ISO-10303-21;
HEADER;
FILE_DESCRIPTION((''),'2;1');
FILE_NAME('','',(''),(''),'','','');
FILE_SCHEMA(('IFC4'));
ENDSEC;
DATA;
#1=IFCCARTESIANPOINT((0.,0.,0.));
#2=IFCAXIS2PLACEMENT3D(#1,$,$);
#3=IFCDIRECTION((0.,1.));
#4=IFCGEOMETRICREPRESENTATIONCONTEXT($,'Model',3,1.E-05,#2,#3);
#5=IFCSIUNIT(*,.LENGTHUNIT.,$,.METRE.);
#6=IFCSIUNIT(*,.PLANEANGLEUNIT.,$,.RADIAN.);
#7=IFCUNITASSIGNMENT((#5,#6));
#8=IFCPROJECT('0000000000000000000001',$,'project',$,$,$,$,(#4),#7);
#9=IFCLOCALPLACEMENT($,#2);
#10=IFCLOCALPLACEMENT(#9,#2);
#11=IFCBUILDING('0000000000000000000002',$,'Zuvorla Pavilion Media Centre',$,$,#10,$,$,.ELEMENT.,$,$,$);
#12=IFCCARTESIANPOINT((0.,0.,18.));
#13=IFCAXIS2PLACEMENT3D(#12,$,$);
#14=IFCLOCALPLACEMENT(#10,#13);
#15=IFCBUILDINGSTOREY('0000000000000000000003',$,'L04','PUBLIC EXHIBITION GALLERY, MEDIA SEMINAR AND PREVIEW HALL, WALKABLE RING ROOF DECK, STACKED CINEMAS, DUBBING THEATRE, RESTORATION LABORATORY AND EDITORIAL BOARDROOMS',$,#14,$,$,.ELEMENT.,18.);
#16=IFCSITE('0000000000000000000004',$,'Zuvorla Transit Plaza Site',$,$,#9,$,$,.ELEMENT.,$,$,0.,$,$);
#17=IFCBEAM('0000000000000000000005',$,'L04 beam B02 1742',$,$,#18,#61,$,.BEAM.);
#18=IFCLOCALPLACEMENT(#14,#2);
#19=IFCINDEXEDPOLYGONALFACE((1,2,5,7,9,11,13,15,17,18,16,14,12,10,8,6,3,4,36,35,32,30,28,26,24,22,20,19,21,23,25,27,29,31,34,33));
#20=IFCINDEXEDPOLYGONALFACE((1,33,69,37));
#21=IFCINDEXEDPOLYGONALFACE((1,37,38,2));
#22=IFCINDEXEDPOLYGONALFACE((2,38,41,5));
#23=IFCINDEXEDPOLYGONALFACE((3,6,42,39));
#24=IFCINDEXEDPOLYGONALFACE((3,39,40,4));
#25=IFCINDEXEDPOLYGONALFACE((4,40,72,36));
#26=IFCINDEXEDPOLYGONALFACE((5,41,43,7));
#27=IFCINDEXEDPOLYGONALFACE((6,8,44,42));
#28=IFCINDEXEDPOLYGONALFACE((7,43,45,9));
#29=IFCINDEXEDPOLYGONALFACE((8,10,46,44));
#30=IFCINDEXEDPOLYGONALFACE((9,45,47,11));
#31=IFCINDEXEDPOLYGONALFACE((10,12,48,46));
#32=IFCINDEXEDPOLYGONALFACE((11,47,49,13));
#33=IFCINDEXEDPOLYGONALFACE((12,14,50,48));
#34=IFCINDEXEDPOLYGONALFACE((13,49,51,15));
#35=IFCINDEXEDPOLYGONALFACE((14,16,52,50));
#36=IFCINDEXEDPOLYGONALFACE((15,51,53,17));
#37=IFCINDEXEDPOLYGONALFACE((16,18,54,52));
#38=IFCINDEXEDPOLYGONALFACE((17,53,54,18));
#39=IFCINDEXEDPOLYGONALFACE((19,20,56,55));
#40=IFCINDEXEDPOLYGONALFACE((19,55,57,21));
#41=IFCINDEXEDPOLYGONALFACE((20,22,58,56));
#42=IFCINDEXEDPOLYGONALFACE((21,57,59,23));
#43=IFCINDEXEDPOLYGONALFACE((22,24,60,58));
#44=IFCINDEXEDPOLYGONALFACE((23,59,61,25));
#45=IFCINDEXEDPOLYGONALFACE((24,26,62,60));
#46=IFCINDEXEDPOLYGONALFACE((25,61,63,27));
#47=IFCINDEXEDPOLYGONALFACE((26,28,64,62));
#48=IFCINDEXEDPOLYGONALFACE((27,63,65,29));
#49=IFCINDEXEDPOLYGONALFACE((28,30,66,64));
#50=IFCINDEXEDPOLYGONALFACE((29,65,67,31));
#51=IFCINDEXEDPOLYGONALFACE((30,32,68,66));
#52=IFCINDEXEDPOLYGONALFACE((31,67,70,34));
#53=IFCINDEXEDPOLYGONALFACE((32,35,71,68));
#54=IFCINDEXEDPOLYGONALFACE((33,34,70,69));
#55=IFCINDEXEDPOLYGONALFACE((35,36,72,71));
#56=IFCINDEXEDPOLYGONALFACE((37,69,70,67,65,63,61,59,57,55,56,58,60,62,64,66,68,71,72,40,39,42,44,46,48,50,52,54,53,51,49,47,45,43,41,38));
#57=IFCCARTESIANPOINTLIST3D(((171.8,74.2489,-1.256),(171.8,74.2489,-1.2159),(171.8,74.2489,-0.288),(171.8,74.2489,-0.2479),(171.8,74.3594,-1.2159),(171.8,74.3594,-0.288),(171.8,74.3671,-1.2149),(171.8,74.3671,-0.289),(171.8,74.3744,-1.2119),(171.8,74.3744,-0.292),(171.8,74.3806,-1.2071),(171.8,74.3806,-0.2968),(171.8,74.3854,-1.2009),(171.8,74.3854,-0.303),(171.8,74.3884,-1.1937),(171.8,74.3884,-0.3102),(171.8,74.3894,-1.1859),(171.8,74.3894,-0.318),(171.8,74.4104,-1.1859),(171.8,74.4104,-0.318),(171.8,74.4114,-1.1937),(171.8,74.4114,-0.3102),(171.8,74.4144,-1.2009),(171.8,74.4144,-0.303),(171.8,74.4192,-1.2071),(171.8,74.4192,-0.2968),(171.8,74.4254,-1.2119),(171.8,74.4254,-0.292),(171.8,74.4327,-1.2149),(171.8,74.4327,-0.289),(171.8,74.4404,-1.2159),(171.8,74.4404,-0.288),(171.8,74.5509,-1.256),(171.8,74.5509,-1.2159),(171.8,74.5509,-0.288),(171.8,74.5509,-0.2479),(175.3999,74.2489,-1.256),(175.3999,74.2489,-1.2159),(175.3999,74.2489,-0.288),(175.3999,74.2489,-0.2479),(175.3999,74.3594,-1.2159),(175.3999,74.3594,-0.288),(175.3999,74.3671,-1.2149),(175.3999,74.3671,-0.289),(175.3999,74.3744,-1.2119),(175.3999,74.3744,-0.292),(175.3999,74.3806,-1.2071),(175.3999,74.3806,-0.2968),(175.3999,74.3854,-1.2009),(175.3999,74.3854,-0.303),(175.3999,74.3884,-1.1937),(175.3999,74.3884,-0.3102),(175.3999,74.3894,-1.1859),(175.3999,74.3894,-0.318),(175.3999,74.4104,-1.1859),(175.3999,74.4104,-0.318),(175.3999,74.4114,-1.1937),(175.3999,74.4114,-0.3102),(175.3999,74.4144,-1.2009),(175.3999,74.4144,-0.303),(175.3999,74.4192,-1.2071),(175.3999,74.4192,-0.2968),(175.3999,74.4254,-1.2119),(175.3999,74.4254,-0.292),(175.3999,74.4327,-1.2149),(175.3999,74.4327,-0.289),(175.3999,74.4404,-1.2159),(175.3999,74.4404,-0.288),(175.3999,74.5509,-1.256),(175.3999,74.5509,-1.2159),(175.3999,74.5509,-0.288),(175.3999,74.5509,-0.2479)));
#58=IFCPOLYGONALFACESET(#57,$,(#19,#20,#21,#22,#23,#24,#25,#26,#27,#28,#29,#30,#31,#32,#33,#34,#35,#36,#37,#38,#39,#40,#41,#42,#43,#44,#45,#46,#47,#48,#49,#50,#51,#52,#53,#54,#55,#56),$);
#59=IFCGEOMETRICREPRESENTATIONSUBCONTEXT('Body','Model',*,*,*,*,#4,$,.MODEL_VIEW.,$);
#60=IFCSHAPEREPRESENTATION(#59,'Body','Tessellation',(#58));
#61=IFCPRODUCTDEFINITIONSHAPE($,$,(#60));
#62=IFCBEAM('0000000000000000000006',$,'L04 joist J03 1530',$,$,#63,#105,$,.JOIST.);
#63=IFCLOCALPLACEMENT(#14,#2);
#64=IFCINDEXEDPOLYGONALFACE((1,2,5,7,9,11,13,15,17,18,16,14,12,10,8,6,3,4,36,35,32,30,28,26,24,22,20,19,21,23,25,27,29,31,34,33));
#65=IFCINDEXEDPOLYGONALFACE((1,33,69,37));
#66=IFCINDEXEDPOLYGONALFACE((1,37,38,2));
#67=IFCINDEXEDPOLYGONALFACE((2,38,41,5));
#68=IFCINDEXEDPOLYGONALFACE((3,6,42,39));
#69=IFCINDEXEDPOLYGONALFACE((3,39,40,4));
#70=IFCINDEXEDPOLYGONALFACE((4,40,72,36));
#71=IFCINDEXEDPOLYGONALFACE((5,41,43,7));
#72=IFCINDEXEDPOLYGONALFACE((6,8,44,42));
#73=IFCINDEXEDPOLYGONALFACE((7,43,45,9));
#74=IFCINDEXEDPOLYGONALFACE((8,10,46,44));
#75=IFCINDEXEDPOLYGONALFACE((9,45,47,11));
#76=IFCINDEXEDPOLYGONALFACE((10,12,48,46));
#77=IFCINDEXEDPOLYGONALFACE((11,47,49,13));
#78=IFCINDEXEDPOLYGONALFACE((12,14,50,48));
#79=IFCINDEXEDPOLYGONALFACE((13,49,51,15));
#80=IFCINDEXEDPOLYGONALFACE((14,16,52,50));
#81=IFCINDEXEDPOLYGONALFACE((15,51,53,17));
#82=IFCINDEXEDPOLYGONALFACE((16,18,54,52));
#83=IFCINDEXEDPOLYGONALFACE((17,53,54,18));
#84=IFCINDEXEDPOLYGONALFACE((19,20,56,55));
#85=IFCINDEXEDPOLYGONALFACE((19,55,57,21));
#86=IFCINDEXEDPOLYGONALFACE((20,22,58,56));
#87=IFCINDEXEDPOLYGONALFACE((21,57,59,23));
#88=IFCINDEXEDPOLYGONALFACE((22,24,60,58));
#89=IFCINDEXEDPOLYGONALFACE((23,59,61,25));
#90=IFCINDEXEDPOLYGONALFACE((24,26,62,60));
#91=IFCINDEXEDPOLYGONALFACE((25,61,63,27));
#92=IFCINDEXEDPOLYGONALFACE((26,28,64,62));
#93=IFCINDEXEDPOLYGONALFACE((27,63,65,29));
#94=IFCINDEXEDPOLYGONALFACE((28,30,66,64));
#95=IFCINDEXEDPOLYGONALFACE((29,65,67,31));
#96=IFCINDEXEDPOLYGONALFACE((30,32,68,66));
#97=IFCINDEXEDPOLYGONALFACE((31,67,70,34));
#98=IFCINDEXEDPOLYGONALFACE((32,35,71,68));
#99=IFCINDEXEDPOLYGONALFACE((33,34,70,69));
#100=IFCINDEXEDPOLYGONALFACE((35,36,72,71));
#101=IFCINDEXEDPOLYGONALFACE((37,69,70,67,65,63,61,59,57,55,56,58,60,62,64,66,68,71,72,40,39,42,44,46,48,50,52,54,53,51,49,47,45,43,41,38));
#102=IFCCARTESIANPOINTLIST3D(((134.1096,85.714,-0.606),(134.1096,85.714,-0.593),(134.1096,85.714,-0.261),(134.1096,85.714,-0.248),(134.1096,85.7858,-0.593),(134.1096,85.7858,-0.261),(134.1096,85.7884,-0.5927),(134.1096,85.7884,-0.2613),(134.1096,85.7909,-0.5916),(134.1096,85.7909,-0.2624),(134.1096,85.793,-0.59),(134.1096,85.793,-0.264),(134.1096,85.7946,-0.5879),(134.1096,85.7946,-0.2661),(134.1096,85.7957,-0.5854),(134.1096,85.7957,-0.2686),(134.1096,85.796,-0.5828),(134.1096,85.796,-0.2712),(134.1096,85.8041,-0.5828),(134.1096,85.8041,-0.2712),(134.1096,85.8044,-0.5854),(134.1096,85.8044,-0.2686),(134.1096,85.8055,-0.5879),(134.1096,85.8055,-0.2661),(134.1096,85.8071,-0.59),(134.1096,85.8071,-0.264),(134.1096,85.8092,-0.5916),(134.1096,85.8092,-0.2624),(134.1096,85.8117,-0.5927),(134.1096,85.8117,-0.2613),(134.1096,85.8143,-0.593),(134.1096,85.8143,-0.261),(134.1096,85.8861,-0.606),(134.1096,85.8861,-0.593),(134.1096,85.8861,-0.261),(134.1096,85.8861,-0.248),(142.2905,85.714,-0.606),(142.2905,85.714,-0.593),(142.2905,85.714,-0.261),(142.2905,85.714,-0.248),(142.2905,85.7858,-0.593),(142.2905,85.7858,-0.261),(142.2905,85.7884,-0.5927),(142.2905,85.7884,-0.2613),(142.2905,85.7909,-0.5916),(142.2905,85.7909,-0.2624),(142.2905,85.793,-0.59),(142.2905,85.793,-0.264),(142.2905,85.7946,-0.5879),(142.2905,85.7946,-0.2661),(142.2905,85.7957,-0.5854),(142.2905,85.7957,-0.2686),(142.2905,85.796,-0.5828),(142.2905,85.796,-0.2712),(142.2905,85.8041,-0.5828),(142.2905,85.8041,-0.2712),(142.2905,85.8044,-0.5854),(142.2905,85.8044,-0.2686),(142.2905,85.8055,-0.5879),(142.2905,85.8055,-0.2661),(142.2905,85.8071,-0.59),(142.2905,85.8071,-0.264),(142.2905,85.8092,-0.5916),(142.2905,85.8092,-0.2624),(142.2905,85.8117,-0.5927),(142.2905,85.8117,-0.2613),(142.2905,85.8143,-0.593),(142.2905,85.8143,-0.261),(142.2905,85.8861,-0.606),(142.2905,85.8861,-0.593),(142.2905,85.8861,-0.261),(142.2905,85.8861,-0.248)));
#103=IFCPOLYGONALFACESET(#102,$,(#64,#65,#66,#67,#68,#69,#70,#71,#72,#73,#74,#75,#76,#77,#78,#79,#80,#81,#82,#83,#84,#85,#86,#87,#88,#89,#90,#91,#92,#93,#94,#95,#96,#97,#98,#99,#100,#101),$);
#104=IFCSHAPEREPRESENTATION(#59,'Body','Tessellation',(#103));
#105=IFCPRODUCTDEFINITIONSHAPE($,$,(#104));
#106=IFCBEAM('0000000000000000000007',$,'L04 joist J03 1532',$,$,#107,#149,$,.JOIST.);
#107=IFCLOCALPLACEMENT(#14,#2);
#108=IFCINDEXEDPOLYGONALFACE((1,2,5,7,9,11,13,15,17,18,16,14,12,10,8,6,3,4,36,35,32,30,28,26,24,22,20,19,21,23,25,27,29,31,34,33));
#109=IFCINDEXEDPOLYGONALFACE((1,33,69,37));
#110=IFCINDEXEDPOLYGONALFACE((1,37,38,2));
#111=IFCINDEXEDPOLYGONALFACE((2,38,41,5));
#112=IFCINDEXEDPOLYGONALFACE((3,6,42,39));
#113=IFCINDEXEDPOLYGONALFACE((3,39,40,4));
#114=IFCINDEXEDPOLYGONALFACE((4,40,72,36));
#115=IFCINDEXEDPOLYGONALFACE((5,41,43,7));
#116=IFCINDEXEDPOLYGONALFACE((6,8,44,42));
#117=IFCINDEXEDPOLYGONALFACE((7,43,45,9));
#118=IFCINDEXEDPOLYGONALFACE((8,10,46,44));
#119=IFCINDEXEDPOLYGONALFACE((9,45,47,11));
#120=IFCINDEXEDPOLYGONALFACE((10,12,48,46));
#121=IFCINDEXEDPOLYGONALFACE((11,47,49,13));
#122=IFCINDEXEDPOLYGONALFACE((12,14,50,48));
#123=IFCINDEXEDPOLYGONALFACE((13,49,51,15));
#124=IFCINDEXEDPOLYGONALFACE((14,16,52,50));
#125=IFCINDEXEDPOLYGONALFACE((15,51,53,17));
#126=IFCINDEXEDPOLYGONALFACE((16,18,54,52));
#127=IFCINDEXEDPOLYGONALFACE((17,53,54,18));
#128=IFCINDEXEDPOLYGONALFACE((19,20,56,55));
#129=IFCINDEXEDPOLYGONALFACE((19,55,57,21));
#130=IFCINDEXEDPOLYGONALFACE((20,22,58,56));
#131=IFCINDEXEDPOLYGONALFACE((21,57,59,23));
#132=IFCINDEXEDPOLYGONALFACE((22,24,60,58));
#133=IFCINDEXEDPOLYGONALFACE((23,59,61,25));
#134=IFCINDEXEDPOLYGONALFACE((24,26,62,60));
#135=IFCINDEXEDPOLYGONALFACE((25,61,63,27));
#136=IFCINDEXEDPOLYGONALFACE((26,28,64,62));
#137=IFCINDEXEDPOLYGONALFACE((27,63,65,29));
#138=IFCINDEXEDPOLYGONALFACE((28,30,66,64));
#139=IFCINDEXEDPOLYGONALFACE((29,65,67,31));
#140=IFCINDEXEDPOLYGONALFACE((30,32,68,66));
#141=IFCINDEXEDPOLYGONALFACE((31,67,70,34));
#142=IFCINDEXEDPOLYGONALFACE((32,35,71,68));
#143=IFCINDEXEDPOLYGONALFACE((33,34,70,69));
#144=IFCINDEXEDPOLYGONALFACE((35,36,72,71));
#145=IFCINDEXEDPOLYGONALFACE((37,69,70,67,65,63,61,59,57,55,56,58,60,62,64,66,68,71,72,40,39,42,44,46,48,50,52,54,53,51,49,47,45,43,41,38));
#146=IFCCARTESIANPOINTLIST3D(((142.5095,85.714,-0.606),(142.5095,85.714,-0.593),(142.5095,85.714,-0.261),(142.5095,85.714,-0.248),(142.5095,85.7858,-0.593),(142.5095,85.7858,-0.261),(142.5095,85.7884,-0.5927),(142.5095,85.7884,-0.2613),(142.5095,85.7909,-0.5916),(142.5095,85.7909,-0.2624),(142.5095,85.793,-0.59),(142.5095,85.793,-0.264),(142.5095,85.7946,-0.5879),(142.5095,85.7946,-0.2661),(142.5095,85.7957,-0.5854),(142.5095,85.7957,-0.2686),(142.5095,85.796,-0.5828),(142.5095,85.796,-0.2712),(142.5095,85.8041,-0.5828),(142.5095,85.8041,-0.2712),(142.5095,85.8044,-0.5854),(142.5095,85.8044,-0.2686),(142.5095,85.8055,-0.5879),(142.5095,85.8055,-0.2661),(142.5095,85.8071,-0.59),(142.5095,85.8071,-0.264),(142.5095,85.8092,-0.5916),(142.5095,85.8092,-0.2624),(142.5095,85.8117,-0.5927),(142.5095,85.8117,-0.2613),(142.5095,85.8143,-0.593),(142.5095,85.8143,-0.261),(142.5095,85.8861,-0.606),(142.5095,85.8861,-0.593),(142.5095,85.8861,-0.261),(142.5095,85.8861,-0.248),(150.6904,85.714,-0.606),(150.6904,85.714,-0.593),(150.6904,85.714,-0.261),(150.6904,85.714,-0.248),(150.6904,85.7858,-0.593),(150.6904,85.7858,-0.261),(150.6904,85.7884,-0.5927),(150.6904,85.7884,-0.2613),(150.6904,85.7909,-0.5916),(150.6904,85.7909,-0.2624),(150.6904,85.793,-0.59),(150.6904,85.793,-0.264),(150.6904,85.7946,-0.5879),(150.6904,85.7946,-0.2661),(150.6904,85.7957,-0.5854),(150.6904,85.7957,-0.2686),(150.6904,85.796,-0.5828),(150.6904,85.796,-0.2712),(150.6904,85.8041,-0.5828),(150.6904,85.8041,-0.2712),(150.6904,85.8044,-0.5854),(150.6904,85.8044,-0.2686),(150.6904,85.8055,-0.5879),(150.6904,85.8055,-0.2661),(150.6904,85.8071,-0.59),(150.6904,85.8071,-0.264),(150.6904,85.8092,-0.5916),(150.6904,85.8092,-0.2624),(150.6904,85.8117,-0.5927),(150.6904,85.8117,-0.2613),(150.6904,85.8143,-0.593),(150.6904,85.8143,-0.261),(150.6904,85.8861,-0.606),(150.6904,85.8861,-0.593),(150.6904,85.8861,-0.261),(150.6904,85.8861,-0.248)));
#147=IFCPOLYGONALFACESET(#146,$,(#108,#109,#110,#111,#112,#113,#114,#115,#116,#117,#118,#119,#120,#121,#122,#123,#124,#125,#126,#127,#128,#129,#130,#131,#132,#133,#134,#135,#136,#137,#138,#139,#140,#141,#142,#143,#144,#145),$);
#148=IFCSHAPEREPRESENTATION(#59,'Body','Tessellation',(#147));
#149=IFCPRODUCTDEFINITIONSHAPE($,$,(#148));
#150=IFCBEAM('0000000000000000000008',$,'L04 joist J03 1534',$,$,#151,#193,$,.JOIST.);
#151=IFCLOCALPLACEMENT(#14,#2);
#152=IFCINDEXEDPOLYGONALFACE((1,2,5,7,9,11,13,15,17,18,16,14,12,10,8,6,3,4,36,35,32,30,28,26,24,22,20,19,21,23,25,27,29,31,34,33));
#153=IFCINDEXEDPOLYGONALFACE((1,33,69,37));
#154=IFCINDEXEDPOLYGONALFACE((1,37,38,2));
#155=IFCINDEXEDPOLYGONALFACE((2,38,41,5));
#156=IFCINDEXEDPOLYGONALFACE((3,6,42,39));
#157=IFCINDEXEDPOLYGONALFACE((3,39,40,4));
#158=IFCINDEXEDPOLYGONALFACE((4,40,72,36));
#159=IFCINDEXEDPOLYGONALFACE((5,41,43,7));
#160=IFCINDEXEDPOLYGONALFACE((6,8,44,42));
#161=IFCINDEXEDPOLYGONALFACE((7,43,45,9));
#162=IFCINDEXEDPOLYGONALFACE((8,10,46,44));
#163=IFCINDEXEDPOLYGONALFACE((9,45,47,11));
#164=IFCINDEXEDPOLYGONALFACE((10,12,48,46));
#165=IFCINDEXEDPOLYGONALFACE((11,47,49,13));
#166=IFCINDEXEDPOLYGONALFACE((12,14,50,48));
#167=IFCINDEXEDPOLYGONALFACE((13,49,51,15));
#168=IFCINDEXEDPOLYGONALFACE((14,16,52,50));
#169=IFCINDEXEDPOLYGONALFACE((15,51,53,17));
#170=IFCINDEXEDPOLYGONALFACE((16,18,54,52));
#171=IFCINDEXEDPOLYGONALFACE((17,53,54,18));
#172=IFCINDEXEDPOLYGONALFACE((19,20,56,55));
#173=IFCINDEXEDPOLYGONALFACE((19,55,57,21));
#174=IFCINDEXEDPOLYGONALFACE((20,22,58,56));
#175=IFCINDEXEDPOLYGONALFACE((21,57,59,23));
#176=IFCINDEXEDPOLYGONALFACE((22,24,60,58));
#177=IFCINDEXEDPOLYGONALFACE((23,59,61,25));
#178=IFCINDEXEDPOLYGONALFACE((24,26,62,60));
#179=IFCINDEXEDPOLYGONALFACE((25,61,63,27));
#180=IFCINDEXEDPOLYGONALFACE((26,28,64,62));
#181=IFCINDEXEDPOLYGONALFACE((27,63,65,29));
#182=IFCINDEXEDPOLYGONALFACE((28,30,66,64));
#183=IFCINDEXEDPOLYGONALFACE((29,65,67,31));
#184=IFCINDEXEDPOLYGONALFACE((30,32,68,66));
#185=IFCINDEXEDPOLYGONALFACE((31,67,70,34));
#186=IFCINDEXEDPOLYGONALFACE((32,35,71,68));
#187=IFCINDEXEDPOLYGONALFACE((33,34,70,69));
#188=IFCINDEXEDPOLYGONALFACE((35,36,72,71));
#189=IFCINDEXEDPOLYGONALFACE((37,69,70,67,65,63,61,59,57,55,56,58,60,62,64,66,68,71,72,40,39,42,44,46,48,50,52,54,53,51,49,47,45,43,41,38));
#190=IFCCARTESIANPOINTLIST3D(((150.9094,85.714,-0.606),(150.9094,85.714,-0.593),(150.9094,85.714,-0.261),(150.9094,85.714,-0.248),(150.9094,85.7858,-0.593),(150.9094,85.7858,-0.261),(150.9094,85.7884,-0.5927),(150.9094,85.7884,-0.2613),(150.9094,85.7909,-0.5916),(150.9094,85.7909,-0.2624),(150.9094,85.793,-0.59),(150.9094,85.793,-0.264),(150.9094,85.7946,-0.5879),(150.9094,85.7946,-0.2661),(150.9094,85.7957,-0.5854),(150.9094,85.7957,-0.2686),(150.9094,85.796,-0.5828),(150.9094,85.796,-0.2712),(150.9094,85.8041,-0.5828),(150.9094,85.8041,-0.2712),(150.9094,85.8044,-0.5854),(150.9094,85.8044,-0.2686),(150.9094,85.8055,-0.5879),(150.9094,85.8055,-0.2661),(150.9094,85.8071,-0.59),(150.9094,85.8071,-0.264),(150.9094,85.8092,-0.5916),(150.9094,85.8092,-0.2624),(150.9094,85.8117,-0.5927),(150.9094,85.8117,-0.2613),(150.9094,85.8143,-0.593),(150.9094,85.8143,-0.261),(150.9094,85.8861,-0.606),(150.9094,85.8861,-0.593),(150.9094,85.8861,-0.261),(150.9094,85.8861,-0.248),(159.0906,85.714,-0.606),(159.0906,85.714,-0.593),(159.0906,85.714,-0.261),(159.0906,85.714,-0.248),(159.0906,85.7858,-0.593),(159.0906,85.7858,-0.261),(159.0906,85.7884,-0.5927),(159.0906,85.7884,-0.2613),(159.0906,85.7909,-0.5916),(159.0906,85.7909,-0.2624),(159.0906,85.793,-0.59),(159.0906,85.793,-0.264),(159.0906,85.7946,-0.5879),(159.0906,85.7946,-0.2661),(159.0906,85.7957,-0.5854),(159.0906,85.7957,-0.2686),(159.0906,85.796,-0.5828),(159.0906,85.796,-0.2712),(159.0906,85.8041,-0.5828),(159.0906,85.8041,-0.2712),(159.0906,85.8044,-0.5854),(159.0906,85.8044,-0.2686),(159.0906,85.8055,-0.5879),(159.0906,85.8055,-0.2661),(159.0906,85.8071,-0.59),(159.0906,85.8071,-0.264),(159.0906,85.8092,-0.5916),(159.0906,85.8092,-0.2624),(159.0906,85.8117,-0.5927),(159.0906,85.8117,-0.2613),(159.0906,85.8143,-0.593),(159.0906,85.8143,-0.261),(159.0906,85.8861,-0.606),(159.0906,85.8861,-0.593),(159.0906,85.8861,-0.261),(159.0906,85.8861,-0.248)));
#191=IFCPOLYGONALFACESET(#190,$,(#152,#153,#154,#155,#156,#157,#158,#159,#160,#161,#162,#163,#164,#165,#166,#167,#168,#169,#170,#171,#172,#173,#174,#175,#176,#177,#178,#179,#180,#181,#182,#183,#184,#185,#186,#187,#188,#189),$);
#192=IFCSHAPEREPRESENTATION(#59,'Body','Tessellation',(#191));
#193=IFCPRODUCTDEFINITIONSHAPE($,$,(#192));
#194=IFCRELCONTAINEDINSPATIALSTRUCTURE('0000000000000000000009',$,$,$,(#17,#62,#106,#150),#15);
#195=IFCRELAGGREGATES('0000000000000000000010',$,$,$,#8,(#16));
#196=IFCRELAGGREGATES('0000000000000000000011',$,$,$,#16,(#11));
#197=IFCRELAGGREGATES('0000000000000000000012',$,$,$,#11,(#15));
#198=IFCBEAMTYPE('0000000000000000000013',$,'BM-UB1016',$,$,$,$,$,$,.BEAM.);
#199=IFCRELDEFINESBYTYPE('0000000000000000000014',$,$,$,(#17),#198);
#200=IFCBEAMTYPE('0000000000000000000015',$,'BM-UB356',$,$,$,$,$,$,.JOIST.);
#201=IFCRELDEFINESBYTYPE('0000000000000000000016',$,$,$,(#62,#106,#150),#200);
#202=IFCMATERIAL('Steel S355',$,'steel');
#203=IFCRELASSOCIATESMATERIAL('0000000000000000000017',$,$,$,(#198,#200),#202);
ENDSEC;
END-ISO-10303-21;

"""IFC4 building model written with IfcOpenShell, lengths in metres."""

from ifc_helpers import new_model, si_unit, direction, frame, origin, origin_2d, place, context, subcontext, project, spatial, i_section, extrude, material, material_profile, profile_set, type_object, element, save


model = new_model("IFC4")

# Units and contexts
model_context = context("Model", 3, precision=1e-05, world=origin(), true_north=direction((0.0, 1.0)))
body_context = subcontext(model_context, "Body", "Model", "MODEL_VIEW")
ifc_project = project(units=[si_unit("LENGTHUNIT", "METRE"), si_unit("PLANEANGLEUNIT", "RADIAN")], contexts=[model_context])

# Site, building, storey
site_placement = place(None, origin())
site = spatial("IfcSite", under=ifc_project, at=site_placement, Name="Zuvorla Transit Plaza Site", CompositionType="ELEMENT", RefElevation=0.0)
building_placement = place(site_placement, origin())
building = spatial("IfcBuilding", under=site, at=building_placement, Name="Zuvorla Pavilion Media Centre", CompositionType="ELEMENT")
storey_placement = place(building_placement, frame((0.0, 0.0, 18.0)))
storey = spatial("IfcBuildingStorey", under=building, at=storey_placement, Name="L04", Description="PUBLIC EXHIBITION GALLERY, MEDIA SEMINAR AND PREVIEW HALL, WALKABLE RING ROOF DECK, STACKED CINEMAS, DUBBING THEATRE, RESTORATION LABORATORY AND EDITORIAL BOARDROOMS", CompositionType="ELEMENT", Elevation=18.0)

# Beams
ifc_material = material(Name="Steel S355", Category="steel")
ifc_material_profile_1 = material_profile(ifc_material, i_section(OverallWidth=0.302, OverallDepth=1.0081, WebThickness=0.021, FlangeThickness=0.04, FilletRadius=0.03, at=origin_2d()), Name="UB 1016x305x349")
ifc_profile_set_1 = profile_set([ifc_material_profile_1], Name="Steel S355")
beam_type_1 = type_object("IfcBeamType", Name="BM-UB1016", PredefinedType="BEAM", material=ifc_profile_set_1)
beam_1_placement = place(storey_placement, frame((171.8, 74.3999, -0.752), z_axis=(1.0, 0.0, 0.0), x_axis=(0.0, 1.0, 0.0)))
element("IfcBeam", 1, at=beam_1_placement, inside=storey, type_object=beam_type_1, Name="L04 beam B02 1742", PredefinedType="BEAM", context=body_context, shape_type="SweptSolid", body=[
    extrude(i_section(OverallWidth=0.302, OverallDepth=1.0081, WebThickness=0.021, FlangeThickness=0.04, FilletRadius=0.03, at=origin_2d()), origin(), (0.0, 0.0, 1.0), 3.5999),
])
ifc_material_profile_2 = material_profile(ifc_material, i_section(OverallWidth=0.1721, OverallDepth=0.3579, WebThickness=0.0081, FlangeThickness=0.0129, FilletRadius=0.0103, at=origin_2d()), Name="UB 356x171x57")
ifc_profile_set_2 = profile_set([ifc_material_profile_2], Name="Steel S355")
beam_type_2 = type_object("IfcBeamType", Name="BM-UB356", PredefinedType="JOIST", material=ifc_profile_set_2)
for number, where, z_axis, x_axis, name in (
    (2, (134.1096, 85.8, -0.427), (1.0, 0.0, 0.0), (0.0, 1.0, 0.0), "L04 joist J03 1530"),
    (3, (142.5095, 85.8, -0.427), (1.0, 0.0, 0.0), (0.0, 1.0, 0.0), "L04 joist J03 1532"),
):
    element("IfcBeam", number, at=place(storey_placement, frame(where, z_axis=z_axis, x_axis=x_axis)), inside=storey, type_object=beam_type_2, Name=name, PredefinedType="JOIST", context=body_context, shape_type="SweptSolid", body=[
        extrude(i_section(OverallWidth=0.1721, OverallDepth=0.3579, WebThickness=0.0081, FlangeThickness=0.0129, FilletRadius=0.0103, at=origin_2d()), origin(), (0.0, 0.0, 1.0), 8.1809),
    ])
beam_2_placement = place(storey_placement, frame((150.9094, 85.8, -0.427), z_axis=(1.0, 0.0, 0.0), x_axis=(0.0, 1.0, 0.0)))
element("IfcBeam", 4, at=beam_2_placement, inside=storey, type_object=beam_type_2, Name="L04 joist J03 1534", PredefinedType="JOIST", context=body_context, shape_type="SweptSolid", body=[
    extrude(i_section(OverallWidth=0.1721, OverallDepth=0.3579, WebThickness=0.0081, FlangeThickness=0.0129, FilletRadius=0.0103, at=origin_2d()), origin(), (0.0, 0.0, 1.0), 8.1812),
])

save(model, "model.ifc")
